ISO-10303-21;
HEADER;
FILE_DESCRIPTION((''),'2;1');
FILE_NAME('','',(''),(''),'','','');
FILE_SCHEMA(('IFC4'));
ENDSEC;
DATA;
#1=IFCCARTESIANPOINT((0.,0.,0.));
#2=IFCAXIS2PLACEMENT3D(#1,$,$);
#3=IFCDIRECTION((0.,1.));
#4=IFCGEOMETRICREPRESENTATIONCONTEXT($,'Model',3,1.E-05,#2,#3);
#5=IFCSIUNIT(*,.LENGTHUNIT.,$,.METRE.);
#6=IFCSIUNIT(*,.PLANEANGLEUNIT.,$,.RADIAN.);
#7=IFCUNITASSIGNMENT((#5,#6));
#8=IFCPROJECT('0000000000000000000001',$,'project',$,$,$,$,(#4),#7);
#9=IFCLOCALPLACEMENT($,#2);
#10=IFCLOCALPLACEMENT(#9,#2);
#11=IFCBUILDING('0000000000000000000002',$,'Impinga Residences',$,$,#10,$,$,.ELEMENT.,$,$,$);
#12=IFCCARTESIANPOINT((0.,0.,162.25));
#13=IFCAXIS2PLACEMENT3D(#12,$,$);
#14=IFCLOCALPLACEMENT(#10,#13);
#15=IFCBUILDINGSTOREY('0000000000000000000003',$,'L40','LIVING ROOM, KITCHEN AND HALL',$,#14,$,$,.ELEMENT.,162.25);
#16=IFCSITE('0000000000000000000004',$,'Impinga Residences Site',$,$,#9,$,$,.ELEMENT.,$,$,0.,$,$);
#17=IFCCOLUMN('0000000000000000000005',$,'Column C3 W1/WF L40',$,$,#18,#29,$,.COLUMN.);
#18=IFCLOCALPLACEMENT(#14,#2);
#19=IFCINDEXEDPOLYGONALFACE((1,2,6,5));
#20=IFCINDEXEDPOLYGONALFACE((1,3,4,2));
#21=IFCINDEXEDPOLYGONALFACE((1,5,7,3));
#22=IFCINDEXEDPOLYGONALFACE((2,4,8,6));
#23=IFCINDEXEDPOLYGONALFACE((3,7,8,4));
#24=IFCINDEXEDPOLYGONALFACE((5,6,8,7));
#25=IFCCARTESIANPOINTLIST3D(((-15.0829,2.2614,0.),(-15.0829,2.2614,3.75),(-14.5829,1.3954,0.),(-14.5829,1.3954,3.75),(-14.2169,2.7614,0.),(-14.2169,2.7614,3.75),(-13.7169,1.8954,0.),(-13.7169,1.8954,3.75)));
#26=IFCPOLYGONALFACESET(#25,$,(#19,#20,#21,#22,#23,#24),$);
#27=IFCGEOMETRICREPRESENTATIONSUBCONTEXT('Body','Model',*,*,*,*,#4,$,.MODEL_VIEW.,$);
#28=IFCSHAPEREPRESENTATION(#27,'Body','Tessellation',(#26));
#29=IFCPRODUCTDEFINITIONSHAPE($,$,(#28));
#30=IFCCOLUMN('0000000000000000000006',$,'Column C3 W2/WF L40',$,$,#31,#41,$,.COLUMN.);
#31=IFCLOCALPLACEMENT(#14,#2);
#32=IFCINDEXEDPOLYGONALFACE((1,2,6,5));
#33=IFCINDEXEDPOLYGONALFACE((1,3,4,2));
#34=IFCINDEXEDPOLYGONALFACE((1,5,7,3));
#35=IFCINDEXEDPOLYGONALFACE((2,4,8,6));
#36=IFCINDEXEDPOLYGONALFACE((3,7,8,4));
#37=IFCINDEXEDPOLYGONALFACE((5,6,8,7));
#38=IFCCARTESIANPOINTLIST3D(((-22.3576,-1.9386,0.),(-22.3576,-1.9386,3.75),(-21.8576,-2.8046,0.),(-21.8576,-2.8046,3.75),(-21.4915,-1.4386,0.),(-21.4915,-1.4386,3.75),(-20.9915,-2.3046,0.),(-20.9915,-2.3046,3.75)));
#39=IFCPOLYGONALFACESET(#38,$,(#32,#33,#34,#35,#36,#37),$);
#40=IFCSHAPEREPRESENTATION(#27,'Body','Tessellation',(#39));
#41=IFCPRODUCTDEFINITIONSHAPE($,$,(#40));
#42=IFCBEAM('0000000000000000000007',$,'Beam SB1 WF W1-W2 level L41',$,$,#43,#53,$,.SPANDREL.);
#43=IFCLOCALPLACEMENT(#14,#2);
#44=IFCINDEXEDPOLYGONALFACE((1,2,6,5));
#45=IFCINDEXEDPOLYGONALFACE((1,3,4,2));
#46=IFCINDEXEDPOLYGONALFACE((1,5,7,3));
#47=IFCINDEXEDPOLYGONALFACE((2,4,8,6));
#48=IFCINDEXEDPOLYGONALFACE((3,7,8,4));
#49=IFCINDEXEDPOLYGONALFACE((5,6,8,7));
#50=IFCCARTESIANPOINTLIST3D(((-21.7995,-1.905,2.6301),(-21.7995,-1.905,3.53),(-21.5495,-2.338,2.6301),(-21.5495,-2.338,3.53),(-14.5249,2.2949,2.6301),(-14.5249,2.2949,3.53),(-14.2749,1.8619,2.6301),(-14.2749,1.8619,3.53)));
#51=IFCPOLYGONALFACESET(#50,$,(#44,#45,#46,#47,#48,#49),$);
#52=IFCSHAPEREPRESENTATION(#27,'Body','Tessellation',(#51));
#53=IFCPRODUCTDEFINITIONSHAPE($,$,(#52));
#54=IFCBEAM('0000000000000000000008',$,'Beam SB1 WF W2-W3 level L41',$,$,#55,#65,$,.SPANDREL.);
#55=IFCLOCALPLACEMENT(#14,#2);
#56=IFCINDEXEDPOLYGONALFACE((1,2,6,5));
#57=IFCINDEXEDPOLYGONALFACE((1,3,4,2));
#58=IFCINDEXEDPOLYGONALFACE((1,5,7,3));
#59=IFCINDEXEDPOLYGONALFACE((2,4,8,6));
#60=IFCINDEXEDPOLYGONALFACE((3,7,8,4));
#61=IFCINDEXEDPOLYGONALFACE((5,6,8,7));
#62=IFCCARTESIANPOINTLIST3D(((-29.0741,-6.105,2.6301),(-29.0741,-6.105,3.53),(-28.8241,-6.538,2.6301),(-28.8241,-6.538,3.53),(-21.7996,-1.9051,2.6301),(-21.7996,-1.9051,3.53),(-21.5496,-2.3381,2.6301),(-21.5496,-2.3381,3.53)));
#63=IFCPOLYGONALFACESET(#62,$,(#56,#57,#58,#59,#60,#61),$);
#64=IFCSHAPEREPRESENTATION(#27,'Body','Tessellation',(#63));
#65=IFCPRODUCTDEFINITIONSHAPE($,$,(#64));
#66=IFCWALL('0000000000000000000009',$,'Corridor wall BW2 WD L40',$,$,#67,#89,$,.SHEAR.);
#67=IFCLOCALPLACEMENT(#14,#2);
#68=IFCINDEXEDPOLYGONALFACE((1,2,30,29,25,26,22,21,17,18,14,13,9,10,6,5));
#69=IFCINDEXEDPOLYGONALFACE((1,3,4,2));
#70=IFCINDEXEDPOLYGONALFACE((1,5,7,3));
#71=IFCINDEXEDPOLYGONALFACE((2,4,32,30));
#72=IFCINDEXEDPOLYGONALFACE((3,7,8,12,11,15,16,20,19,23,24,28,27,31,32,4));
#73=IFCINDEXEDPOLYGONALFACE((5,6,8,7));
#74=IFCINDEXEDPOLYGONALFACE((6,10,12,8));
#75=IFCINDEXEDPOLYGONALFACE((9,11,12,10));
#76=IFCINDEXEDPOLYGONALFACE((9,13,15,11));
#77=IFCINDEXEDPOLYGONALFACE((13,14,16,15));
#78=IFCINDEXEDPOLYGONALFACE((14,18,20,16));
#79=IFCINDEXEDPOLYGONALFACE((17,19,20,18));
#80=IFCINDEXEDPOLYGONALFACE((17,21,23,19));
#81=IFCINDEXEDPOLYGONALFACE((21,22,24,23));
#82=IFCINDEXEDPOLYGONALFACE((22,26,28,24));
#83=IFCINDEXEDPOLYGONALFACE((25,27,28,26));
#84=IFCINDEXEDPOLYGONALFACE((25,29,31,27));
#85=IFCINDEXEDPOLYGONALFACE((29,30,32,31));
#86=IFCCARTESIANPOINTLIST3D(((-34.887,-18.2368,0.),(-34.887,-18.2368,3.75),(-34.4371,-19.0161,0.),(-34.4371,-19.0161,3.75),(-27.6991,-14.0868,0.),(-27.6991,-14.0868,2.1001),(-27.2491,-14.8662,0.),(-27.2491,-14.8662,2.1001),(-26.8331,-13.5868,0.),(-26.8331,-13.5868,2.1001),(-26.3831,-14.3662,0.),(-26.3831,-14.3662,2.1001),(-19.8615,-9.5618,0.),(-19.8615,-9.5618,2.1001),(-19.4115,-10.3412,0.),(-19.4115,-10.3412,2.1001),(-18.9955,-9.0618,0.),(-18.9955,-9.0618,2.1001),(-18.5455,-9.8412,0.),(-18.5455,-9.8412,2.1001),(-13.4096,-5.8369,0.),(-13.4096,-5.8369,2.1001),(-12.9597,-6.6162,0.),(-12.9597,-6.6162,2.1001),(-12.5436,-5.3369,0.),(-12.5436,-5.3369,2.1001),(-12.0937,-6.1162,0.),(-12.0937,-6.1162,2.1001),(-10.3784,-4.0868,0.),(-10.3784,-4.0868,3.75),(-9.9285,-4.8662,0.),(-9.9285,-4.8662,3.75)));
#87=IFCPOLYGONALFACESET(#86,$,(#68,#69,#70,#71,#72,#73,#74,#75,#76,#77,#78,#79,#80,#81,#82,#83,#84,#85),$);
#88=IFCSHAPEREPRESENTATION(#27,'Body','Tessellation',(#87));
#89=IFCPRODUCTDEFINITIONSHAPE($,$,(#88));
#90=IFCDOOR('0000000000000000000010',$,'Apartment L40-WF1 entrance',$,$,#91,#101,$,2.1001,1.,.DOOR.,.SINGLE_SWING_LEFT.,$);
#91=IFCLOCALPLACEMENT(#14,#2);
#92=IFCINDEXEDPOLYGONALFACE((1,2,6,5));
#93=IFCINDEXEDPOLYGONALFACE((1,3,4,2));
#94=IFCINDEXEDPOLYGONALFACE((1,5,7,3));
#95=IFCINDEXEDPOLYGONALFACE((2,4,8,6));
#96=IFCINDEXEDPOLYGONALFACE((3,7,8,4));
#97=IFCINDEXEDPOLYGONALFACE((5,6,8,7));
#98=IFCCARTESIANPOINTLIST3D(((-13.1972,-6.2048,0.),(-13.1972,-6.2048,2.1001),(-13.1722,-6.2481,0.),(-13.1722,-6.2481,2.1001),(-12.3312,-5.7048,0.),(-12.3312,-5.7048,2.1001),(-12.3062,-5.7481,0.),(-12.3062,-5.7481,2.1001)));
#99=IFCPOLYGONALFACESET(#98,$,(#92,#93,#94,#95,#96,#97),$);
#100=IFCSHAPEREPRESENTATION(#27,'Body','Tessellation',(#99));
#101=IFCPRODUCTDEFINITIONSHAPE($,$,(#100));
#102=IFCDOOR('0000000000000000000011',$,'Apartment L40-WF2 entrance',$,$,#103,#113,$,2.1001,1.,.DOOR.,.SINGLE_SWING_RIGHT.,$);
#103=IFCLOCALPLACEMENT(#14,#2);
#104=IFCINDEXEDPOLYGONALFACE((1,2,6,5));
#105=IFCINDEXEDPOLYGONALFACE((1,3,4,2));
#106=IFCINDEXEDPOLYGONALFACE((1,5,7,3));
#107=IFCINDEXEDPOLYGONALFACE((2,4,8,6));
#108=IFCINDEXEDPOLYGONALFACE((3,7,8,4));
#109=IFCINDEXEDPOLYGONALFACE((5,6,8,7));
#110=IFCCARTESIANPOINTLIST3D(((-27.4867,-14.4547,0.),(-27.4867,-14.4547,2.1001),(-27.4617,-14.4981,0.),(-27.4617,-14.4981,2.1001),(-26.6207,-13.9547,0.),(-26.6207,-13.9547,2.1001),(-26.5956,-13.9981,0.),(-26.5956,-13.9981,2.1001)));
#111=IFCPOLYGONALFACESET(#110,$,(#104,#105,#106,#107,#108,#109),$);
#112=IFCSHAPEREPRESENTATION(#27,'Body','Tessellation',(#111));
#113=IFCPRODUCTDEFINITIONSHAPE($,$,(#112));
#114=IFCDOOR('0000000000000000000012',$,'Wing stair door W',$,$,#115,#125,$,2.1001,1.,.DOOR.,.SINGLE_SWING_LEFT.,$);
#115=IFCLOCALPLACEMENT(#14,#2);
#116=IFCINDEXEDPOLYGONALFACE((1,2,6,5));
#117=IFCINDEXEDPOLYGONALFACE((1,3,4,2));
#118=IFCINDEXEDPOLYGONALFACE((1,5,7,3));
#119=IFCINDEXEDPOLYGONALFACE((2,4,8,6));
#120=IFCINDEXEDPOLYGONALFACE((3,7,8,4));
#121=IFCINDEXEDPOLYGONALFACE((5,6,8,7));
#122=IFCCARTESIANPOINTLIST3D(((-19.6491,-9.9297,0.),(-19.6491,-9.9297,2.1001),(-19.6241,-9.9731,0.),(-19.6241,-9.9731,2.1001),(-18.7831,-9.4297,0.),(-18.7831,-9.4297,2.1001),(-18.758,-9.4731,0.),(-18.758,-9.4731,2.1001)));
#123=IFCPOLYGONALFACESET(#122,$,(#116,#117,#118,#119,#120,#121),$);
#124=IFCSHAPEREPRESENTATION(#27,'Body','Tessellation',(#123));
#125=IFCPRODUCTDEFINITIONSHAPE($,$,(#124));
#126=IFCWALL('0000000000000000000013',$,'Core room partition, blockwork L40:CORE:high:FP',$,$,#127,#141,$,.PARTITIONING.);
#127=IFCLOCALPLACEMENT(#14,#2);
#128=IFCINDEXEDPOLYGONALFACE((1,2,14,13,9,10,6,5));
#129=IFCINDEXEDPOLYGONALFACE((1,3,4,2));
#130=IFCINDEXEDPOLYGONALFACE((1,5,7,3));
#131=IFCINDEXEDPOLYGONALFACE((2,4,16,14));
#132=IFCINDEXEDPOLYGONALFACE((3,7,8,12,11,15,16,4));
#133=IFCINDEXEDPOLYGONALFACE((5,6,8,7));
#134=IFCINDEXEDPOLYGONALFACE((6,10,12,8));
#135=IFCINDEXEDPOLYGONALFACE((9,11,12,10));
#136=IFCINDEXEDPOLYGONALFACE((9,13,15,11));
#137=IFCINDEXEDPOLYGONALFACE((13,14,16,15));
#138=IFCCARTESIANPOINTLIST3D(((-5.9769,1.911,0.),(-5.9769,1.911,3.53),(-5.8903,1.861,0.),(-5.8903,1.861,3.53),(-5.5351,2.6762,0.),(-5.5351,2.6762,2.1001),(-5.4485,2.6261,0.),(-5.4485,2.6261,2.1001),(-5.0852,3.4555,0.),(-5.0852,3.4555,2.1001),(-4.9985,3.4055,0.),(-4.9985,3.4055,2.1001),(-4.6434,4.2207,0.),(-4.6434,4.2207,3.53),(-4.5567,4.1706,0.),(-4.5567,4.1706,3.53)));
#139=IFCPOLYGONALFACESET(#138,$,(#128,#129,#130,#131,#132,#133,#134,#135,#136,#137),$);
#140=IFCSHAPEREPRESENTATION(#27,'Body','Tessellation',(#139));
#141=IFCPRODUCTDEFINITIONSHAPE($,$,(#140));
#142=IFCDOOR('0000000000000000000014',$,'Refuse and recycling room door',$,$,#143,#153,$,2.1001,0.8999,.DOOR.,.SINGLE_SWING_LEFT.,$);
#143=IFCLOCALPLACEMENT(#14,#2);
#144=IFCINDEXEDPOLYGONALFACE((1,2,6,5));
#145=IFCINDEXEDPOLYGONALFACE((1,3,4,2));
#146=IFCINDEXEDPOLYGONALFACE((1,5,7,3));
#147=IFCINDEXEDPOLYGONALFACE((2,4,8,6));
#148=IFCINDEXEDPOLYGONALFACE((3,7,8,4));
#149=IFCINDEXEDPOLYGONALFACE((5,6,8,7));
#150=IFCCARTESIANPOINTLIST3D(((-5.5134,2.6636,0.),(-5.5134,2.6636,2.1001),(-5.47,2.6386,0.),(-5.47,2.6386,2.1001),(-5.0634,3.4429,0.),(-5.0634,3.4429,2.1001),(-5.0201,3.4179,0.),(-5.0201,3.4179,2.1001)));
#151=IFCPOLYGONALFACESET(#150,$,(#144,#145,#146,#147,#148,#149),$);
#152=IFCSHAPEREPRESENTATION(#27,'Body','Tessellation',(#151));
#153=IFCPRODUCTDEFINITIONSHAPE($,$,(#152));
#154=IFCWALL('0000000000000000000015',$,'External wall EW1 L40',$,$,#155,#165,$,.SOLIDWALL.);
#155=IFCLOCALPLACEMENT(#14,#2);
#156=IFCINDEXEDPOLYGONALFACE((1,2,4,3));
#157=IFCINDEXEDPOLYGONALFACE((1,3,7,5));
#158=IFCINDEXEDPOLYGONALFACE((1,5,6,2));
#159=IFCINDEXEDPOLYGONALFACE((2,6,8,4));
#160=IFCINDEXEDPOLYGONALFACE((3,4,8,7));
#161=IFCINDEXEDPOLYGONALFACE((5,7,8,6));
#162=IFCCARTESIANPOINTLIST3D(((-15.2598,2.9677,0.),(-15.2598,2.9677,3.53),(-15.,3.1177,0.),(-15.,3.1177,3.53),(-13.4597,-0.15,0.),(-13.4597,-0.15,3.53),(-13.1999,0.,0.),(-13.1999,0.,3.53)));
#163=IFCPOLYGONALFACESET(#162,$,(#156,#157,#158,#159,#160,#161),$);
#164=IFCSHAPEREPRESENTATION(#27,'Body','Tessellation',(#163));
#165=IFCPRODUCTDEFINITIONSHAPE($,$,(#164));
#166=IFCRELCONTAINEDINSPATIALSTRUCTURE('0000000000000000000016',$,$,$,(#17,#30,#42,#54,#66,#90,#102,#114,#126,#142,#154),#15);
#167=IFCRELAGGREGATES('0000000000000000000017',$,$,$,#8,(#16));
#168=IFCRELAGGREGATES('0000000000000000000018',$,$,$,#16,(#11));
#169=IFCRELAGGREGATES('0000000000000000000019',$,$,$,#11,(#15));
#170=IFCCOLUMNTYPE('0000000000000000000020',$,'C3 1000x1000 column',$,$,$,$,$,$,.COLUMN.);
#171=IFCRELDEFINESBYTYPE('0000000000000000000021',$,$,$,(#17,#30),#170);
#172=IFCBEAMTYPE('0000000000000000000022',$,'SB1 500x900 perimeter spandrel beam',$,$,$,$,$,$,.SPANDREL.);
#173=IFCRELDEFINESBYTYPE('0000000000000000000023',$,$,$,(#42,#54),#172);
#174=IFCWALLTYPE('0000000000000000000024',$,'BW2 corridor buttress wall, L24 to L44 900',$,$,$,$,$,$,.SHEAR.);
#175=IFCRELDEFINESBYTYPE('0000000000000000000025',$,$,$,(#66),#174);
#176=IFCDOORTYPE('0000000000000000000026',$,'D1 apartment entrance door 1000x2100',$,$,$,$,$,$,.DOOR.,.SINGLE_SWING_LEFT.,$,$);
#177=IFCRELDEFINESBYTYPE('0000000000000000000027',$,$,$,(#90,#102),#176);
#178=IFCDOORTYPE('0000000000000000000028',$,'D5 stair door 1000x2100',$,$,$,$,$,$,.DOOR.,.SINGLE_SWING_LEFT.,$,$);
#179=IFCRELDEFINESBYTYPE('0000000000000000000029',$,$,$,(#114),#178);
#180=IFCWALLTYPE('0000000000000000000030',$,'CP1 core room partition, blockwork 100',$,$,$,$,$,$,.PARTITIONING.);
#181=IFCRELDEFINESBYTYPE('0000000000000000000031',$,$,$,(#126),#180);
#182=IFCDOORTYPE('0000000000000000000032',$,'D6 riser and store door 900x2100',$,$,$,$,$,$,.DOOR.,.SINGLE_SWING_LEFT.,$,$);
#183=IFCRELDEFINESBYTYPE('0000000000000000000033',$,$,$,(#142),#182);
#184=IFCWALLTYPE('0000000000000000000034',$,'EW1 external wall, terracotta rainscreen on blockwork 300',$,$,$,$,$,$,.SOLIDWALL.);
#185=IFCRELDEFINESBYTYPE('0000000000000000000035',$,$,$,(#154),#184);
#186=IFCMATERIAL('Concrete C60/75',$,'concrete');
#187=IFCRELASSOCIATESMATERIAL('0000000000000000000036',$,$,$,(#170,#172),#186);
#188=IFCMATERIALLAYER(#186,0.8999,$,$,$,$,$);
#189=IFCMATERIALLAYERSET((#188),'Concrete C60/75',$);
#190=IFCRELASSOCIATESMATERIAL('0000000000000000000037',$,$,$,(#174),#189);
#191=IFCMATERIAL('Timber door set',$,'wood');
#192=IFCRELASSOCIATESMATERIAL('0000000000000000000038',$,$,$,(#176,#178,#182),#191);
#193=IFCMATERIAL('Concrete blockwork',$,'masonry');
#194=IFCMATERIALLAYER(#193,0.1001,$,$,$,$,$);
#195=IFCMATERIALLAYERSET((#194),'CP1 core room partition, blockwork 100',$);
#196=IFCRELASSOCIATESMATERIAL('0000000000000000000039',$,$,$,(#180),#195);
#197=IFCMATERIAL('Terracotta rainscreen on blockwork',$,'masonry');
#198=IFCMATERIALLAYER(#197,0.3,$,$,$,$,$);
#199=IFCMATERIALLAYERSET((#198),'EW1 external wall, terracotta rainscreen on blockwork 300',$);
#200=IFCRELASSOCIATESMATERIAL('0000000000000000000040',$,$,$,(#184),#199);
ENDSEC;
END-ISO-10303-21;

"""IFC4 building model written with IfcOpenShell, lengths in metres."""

from ifc_helpers import new_model, si_unit, direction, frame, frame_2d, origin, origin_2d, place, context, subcontext, project, spatial, rectangle, extrude, material, layer, layer_set, material_profile, profile_set, type_object, element, fill, save


model = new_model("IFC4")

# Units and contexts
model_context = context("Model", 3, precision=1e-05, world=origin(), true_north=direction((0.0, 1.0)))
body_context = subcontext(model_context, "Body", "Model", "MODEL_VIEW")
ifc_project = project(units=[si_unit("LENGTHUNIT", "METRE"), si_unit("PLANEANGLEUNIT", "RADIAN")], contexts=[model_context])

# Site, building, storey
site_placement = place(None, origin())
site = spatial("IfcSite", under=ifc_project, at=site_placement, Name="Impinga Residences Site", CompositionType="ELEMENT", RefElevation=0.0)
building_placement = place(site_placement, origin())
building = spatial("IfcBuilding", under=site, at=building_placement, Name="Impinga Residences", CompositionType="ELEMENT")
storey_placement = place(building_placement, frame((0.0, 0.0, 162.25)))
storey = spatial("IfcBuildingStorey", under=building, at=storey_placement, Name="L40", Description="LIVING ROOM, KITCHEN AND HALL", CompositionType="ELEMENT", Elevation=162.25)

# Columns
ifc_material_1 = material(Name="Concrete C60/75", Category="concrete")
ifc_material_profile_1 = material_profile(ifc_material_1, rectangle(XDim=1.0, YDim=1.0, at=origin_2d()), Name="RC 1000x1000")
ifc_profile_set_1 = profile_set([ifc_material_profile_1], Name="Concrete C60/75")
column_type = type_object("IfcColumnType", Name="C3 1000x1000 column", PredefinedType="COLUMN", material=ifc_profile_set_1)
for number, where, z_axis, x_axis, name in (
    (1, (-14.3999, 2.0784, 0.0), (0.0, 0.0, 1.0), (-0.5, 0.866025, 0.0), "Column C3 W1/WF L40"),
    (2, (-21.6746, -2.1216, 0.0), (0.0, 0.0, 1.0), (-0.5, 0.866025, 0.0), "Column C3 W2/WF L40"),
):
    element("IfcColumn", number, at=place(storey_placement, frame(where, z_axis=z_axis, x_axis=x_axis)), inside=storey, type_object=column_type, Name=name, PredefinedType="COLUMN", context=body_context, shape_type="SweptSolid", body=[
        extrude(rectangle(XDim=1.0, YDim=1.0, at=origin_2d()), origin(), (0.0, 0.0, 1.0), 3.75),
    ])

# Beams
ifc_material_profile_2 = material_profile(ifc_material_1, rectangle(XDim=0.5, YDim=0.8999, at=origin_2d()), Name="RC 500x900")
ifc_profile_set_2 = profile_set([ifc_material_profile_2], Name="Concrete C60/75")
beam_type = type_object("IfcBeamType", Name="SB1 500x900 perimeter spandrel beam", PredefinedType="SPANDREL", material=ifc_profile_set_2)
for number, where, z_axis, x_axis, name in (
    (3, (-14.3999, 2.0784, 3.0801), (-0.866029, -0.499993, 0.0), (0.499993, -0.866029, 0.0), "Beam SB1 WF W1-W2 level L41"),
    (4, (-21.6746, -2.1216, 3.0801), (-0.866029, -0.499993, 0.0), (0.499993, -0.866029, 0.0), "Beam SB1 WF W2-W3 level L41"),
):
    element("IfcBeam", number, at=place(storey_placement, frame(where, z_axis=z_axis, x_axis=x_axis)), inside=storey, type_object=beam_type, Name=name, PredefinedType="SPANDREL", context=body_context, shape_type="SweptSolid", body=[
        extrude(rectangle(XDim=0.5, YDim=0.8999, at=origin_2d()), origin(), (0.0, 0.0, 1.0), 8.3999),
    ])

# Wall, openings, doors
ifc_layer_1 = layer(ifc_material_1, 0.8999)
ifc_layer_set_1 = layer_set([ifc_layer_1], Name="Concrete C60/75")
wall_type_1 = type_object("IfcWallType", Name="BW2 corridor buttress wall, L24 to L44 900", PredefinedType="SHEAR", material=ifc_layer_set_1)
wall_1_placement = place(storey_placement, frame((-10.1536, -4.4766, 0.0), z_axis=(0.0, 0.0, 1.0), x_axis=(-0.866027, -0.499997, 0.0)))
wall_1 = element("IfcWall", 5, at=wall_1_placement, inside=storey, type_object=wall_type_1, Name="Corridor wall BW2 WD L40", PredefinedType="SHEAR", context=body_context, shape_type="SweptSolid", body=[
    extrude(rectangle(XDim=28.3, YDim=0.8999, at=frame_2d((14.1499, 0.0))), origin(), (0.0, 0.0, 1.0), 3.75),
])
opening_1_placement = place(wall_1_placement, frame((9.95, 0.0, 0.0)))
opening_1 = element("IfcOpeningElement", 6, at=opening_1_placement, cuts=wall_1, PredefinedType="OPENING", context=body_context, shape_type="SweptSolid", body=[
    extrude(rectangle(XDim=1.0, YDim=2.1001, at=frame_2d((0.5, 1.05))), frame((0.0, 0.46, 0.0), z_axis=(0.0, -1.0, 0.0), x_axis=(1.0, 0.0, 0.0)), (0.0, 0.0, 1.0), 0.9199),
])
opening_2_placement = place(wall_1_placement, frame((2.5, 0.0, 0.0)))
opening_2 = element("IfcOpeningElement", 7, at=opening_2_placement, cuts=wall_1, PredefinedType="OPENING", context=body_context, shape_type="SweptSolid", body=[
    extrude(rectangle(XDim=1.0, YDim=2.1001, at=frame_2d((0.5, 1.05))), frame((0.0, 0.46, 0.0), z_axis=(0.0, -1.0, 0.0), x_axis=(1.0, 0.0, 0.0)), (0.0, 0.0, 1.0), 0.9199),
])
opening_3_placement = place(wall_1_placement, frame((19.0, 0.0, 0.0)))
opening_3 = element("IfcOpeningElement", 8, at=opening_3_placement, cuts=wall_1, PredefinedType="OPENING", context=body_context, shape_type="SweptSolid", body=[
    extrude(rectangle(XDim=1.0, YDim=2.1001, at=frame_2d((0.5, 1.05))), frame((0.0, 0.46, 0.0), z_axis=(0.0, -1.0, 0.0), x_axis=(1.0, 0.0, 0.0)), (0.0, 0.0, 1.0), 0.9199),
])
ifc_material_2 = material(Name="Timber door set", Category="wood")
door_type_1 = type_object("IfcDoorType", Name="D1 apartment entrance door 1000x2100", OperationType="SINGLE_SWING_LEFT", PredefinedType="DOOR", material=ifc_material_2)
door_1_placement = place(opening_2_placement, origin())
door_1 = element("IfcDoor", 9, at=door_1_placement, inside=storey, type_object=door_type_1, Name="Apartment L40-WF1 entrance", OperationType="SINGLE_SWING_LEFT", OverallHeight=2.1001, OverallWidth=1.0, PredefinedType="DOOR", context=body_context, shape_type="SweptSolid", body=[
    extrude(rectangle(XDim=1.0, YDim=2.1001, at=frame_2d((0.5, 1.05))), frame((0.0, 0.0249, 0.0), z_axis=(0.0, -1.0, 0.0), x_axis=(1.0, 0.0, 0.0)), (0.0, 0.0, 1.0), 0.05),
])
fill(opening_2, door_1)
door_2_placement = place(opening_3_placement, origin())
door_2 = element("IfcDoor", 10, at=door_2_placement, inside=storey, type_object=door_type_1, Name="Apartment L40-WF2 entrance", OperationType="SINGLE_SWING_RIGHT", OverallHeight=2.1001, OverallWidth=1.0, PredefinedType="DOOR", context=body_context, shape_type="SweptSolid", body=[
    extrude(rectangle(XDim=1.0, YDim=2.1001, at=frame_2d((0.5, 1.05))), frame((0.0, 0.0249, 0.0), z_axis=(0.0, -1.0, 0.0), x_axis=(1.0, 0.0, 0.0)), (0.0, 0.0, 1.0), 0.05),
])
fill(opening_3, door_2)
door_type_2 = type_object("IfcDoorType", Name="D5 stair door 1000x2100", OperationType="SINGLE_SWING_LEFT", PredefinedType="DOOR", material=ifc_material_2)
door_3_placement = place(opening_1_placement, origin())
door_3 = element("IfcDoor", 11, at=door_3_placement, inside=storey, type_object=door_type_2, Name="Wing stair door W", OperationType="SINGLE_SWING_LEFT", OverallHeight=2.1001, OverallWidth=1.0, PredefinedType="DOOR", context=body_context, shape_type="SweptSolid", body=[
    extrude(rectangle(XDim=1.0, YDim=2.1001, at=frame_2d((0.5, 1.05))), frame((0.0, 0.0249, 0.0), z_axis=(0.0, -1.0, 0.0), x_axis=(1.0, 0.0, 0.0)), (0.0, 0.0, 1.0), 0.05),
])
fill(opening_1, door_3)

# Wall, opening, door
ifc_material_3 = material(Name="Concrete blockwork", Category="masonry")
ifc_layer_2 = layer(ifc_material_3, 0.1001)
ifc_layer_set_2 = layer_set([ifc_layer_2], Name="CP1 core room partition, blockwork 100")
wall_type_2 = type_object("IfcWallType", Name="CP1 core room partition, blockwork 100", PredefinedType="PARTITIONING", material=ifc_layer_set_2)
wall_2_placement = place(storey_placement, frame((-5.9336, 1.886, 0.0), z_axis=(0.0, 0.0, 1.0), x_axis=(0.500018, 0.866015, 0.0)))
wall_2 = element("IfcWall", 12, at=wall_2_placement, inside=storey, type_object=wall_type_2, Name="Core room partition, blockwork L40:CORE:high:FP", PredefinedType="PARTITIONING", context=body_context, shape_type="SweptSolid", body=[
    extrude(rectangle(XDim=2.667, YDim=0.1001, at=frame_2d((1.3335, 0.0))), origin(), (0.0, 0.0, 1.0), 3.53),
])
opening_4_placement = place(wall_2_placement, frame((0.8835, 0.0, 0.0)))
opening_4 = element("IfcOpeningElement", 13, at=opening_4_placement, cuts=wall_2, PredefinedType="OPENING", context=body_context, shape_type="SweptSolid", body=[
    extrude(rectangle(XDim=0.8999, YDim=2.1001, at=frame_2d((0.45, 1.05))), frame((0.0, 0.0601, 0.0), z_axis=(0.0, -1.0, 0.0), x_axis=(1.0, 0.0, 0.0)), (0.0, 0.0, 1.0), 0.1201),
])
door_type_3 = type_object("IfcDoorType", Name="D6 riser and store door 900x2100", OperationType="SINGLE_SWING_LEFT", PredefinedType="DOOR", material=ifc_material_2)
door_4_placement = place(opening_4_placement, origin())
door_4 = element("IfcDoor", 14, at=door_4_placement, inside=storey, type_object=door_type_3, Name="Refuse and recycling room door", OperationType="SINGLE_SWING_LEFT", OverallHeight=2.1001, OverallWidth=0.8999, PredefinedType="DOOR", context=body_context, shape_type="SweptSolid", body=[
    extrude(rectangle(XDim=0.8999, YDim=2.1001, at=frame_2d((0.45, 1.05))), frame((0.0, 0.0249, 0.0), z_axis=(0.0, -1.0, 0.0), x_axis=(1.0, 0.0, 0.0)), (0.0, 0.0, 1.0), 0.05),
])
fill(opening_4, door_4)

# Wall
ifc_material_4 = material(Name="Terracotta rainscreen on blockwork", Category="masonry")
ifc_layer_3 = layer(ifc_material_4, 0.3)
ifc_layer_set_3 = layer_set([ifc_layer_3], Name="EW1 external wall, terracotta rainscreen on blockwork 300")
wall_type_3 = type_object("IfcWallType", Name="EW1 external wall, terracotta rainscreen on blockwork 300", PredefinedType="SOLIDWALL", material=ifc_layer_set_3)
wall_3_placement = place(storey_placement, frame((-15.1299, 3.0427, 0.0), z_axis=(0.0, 0.0, 1.0), x_axis=(0.500012, -0.866018, 0.0)))
element("IfcWall", 15, at=wall_3_placement, inside=storey, type_object=wall_type_3, Name="External wall EW1 L40", PredefinedType="SOLIDWALL", context=body_context, shape_type="SweptSolid", body=[
    extrude(rectangle(XDim=3.6001, YDim=0.3, at=frame_2d((1.8, 0.0))), origin(), (0.0, 0.0, 1.0), 3.53),
])

save(model, "model.ifc")
